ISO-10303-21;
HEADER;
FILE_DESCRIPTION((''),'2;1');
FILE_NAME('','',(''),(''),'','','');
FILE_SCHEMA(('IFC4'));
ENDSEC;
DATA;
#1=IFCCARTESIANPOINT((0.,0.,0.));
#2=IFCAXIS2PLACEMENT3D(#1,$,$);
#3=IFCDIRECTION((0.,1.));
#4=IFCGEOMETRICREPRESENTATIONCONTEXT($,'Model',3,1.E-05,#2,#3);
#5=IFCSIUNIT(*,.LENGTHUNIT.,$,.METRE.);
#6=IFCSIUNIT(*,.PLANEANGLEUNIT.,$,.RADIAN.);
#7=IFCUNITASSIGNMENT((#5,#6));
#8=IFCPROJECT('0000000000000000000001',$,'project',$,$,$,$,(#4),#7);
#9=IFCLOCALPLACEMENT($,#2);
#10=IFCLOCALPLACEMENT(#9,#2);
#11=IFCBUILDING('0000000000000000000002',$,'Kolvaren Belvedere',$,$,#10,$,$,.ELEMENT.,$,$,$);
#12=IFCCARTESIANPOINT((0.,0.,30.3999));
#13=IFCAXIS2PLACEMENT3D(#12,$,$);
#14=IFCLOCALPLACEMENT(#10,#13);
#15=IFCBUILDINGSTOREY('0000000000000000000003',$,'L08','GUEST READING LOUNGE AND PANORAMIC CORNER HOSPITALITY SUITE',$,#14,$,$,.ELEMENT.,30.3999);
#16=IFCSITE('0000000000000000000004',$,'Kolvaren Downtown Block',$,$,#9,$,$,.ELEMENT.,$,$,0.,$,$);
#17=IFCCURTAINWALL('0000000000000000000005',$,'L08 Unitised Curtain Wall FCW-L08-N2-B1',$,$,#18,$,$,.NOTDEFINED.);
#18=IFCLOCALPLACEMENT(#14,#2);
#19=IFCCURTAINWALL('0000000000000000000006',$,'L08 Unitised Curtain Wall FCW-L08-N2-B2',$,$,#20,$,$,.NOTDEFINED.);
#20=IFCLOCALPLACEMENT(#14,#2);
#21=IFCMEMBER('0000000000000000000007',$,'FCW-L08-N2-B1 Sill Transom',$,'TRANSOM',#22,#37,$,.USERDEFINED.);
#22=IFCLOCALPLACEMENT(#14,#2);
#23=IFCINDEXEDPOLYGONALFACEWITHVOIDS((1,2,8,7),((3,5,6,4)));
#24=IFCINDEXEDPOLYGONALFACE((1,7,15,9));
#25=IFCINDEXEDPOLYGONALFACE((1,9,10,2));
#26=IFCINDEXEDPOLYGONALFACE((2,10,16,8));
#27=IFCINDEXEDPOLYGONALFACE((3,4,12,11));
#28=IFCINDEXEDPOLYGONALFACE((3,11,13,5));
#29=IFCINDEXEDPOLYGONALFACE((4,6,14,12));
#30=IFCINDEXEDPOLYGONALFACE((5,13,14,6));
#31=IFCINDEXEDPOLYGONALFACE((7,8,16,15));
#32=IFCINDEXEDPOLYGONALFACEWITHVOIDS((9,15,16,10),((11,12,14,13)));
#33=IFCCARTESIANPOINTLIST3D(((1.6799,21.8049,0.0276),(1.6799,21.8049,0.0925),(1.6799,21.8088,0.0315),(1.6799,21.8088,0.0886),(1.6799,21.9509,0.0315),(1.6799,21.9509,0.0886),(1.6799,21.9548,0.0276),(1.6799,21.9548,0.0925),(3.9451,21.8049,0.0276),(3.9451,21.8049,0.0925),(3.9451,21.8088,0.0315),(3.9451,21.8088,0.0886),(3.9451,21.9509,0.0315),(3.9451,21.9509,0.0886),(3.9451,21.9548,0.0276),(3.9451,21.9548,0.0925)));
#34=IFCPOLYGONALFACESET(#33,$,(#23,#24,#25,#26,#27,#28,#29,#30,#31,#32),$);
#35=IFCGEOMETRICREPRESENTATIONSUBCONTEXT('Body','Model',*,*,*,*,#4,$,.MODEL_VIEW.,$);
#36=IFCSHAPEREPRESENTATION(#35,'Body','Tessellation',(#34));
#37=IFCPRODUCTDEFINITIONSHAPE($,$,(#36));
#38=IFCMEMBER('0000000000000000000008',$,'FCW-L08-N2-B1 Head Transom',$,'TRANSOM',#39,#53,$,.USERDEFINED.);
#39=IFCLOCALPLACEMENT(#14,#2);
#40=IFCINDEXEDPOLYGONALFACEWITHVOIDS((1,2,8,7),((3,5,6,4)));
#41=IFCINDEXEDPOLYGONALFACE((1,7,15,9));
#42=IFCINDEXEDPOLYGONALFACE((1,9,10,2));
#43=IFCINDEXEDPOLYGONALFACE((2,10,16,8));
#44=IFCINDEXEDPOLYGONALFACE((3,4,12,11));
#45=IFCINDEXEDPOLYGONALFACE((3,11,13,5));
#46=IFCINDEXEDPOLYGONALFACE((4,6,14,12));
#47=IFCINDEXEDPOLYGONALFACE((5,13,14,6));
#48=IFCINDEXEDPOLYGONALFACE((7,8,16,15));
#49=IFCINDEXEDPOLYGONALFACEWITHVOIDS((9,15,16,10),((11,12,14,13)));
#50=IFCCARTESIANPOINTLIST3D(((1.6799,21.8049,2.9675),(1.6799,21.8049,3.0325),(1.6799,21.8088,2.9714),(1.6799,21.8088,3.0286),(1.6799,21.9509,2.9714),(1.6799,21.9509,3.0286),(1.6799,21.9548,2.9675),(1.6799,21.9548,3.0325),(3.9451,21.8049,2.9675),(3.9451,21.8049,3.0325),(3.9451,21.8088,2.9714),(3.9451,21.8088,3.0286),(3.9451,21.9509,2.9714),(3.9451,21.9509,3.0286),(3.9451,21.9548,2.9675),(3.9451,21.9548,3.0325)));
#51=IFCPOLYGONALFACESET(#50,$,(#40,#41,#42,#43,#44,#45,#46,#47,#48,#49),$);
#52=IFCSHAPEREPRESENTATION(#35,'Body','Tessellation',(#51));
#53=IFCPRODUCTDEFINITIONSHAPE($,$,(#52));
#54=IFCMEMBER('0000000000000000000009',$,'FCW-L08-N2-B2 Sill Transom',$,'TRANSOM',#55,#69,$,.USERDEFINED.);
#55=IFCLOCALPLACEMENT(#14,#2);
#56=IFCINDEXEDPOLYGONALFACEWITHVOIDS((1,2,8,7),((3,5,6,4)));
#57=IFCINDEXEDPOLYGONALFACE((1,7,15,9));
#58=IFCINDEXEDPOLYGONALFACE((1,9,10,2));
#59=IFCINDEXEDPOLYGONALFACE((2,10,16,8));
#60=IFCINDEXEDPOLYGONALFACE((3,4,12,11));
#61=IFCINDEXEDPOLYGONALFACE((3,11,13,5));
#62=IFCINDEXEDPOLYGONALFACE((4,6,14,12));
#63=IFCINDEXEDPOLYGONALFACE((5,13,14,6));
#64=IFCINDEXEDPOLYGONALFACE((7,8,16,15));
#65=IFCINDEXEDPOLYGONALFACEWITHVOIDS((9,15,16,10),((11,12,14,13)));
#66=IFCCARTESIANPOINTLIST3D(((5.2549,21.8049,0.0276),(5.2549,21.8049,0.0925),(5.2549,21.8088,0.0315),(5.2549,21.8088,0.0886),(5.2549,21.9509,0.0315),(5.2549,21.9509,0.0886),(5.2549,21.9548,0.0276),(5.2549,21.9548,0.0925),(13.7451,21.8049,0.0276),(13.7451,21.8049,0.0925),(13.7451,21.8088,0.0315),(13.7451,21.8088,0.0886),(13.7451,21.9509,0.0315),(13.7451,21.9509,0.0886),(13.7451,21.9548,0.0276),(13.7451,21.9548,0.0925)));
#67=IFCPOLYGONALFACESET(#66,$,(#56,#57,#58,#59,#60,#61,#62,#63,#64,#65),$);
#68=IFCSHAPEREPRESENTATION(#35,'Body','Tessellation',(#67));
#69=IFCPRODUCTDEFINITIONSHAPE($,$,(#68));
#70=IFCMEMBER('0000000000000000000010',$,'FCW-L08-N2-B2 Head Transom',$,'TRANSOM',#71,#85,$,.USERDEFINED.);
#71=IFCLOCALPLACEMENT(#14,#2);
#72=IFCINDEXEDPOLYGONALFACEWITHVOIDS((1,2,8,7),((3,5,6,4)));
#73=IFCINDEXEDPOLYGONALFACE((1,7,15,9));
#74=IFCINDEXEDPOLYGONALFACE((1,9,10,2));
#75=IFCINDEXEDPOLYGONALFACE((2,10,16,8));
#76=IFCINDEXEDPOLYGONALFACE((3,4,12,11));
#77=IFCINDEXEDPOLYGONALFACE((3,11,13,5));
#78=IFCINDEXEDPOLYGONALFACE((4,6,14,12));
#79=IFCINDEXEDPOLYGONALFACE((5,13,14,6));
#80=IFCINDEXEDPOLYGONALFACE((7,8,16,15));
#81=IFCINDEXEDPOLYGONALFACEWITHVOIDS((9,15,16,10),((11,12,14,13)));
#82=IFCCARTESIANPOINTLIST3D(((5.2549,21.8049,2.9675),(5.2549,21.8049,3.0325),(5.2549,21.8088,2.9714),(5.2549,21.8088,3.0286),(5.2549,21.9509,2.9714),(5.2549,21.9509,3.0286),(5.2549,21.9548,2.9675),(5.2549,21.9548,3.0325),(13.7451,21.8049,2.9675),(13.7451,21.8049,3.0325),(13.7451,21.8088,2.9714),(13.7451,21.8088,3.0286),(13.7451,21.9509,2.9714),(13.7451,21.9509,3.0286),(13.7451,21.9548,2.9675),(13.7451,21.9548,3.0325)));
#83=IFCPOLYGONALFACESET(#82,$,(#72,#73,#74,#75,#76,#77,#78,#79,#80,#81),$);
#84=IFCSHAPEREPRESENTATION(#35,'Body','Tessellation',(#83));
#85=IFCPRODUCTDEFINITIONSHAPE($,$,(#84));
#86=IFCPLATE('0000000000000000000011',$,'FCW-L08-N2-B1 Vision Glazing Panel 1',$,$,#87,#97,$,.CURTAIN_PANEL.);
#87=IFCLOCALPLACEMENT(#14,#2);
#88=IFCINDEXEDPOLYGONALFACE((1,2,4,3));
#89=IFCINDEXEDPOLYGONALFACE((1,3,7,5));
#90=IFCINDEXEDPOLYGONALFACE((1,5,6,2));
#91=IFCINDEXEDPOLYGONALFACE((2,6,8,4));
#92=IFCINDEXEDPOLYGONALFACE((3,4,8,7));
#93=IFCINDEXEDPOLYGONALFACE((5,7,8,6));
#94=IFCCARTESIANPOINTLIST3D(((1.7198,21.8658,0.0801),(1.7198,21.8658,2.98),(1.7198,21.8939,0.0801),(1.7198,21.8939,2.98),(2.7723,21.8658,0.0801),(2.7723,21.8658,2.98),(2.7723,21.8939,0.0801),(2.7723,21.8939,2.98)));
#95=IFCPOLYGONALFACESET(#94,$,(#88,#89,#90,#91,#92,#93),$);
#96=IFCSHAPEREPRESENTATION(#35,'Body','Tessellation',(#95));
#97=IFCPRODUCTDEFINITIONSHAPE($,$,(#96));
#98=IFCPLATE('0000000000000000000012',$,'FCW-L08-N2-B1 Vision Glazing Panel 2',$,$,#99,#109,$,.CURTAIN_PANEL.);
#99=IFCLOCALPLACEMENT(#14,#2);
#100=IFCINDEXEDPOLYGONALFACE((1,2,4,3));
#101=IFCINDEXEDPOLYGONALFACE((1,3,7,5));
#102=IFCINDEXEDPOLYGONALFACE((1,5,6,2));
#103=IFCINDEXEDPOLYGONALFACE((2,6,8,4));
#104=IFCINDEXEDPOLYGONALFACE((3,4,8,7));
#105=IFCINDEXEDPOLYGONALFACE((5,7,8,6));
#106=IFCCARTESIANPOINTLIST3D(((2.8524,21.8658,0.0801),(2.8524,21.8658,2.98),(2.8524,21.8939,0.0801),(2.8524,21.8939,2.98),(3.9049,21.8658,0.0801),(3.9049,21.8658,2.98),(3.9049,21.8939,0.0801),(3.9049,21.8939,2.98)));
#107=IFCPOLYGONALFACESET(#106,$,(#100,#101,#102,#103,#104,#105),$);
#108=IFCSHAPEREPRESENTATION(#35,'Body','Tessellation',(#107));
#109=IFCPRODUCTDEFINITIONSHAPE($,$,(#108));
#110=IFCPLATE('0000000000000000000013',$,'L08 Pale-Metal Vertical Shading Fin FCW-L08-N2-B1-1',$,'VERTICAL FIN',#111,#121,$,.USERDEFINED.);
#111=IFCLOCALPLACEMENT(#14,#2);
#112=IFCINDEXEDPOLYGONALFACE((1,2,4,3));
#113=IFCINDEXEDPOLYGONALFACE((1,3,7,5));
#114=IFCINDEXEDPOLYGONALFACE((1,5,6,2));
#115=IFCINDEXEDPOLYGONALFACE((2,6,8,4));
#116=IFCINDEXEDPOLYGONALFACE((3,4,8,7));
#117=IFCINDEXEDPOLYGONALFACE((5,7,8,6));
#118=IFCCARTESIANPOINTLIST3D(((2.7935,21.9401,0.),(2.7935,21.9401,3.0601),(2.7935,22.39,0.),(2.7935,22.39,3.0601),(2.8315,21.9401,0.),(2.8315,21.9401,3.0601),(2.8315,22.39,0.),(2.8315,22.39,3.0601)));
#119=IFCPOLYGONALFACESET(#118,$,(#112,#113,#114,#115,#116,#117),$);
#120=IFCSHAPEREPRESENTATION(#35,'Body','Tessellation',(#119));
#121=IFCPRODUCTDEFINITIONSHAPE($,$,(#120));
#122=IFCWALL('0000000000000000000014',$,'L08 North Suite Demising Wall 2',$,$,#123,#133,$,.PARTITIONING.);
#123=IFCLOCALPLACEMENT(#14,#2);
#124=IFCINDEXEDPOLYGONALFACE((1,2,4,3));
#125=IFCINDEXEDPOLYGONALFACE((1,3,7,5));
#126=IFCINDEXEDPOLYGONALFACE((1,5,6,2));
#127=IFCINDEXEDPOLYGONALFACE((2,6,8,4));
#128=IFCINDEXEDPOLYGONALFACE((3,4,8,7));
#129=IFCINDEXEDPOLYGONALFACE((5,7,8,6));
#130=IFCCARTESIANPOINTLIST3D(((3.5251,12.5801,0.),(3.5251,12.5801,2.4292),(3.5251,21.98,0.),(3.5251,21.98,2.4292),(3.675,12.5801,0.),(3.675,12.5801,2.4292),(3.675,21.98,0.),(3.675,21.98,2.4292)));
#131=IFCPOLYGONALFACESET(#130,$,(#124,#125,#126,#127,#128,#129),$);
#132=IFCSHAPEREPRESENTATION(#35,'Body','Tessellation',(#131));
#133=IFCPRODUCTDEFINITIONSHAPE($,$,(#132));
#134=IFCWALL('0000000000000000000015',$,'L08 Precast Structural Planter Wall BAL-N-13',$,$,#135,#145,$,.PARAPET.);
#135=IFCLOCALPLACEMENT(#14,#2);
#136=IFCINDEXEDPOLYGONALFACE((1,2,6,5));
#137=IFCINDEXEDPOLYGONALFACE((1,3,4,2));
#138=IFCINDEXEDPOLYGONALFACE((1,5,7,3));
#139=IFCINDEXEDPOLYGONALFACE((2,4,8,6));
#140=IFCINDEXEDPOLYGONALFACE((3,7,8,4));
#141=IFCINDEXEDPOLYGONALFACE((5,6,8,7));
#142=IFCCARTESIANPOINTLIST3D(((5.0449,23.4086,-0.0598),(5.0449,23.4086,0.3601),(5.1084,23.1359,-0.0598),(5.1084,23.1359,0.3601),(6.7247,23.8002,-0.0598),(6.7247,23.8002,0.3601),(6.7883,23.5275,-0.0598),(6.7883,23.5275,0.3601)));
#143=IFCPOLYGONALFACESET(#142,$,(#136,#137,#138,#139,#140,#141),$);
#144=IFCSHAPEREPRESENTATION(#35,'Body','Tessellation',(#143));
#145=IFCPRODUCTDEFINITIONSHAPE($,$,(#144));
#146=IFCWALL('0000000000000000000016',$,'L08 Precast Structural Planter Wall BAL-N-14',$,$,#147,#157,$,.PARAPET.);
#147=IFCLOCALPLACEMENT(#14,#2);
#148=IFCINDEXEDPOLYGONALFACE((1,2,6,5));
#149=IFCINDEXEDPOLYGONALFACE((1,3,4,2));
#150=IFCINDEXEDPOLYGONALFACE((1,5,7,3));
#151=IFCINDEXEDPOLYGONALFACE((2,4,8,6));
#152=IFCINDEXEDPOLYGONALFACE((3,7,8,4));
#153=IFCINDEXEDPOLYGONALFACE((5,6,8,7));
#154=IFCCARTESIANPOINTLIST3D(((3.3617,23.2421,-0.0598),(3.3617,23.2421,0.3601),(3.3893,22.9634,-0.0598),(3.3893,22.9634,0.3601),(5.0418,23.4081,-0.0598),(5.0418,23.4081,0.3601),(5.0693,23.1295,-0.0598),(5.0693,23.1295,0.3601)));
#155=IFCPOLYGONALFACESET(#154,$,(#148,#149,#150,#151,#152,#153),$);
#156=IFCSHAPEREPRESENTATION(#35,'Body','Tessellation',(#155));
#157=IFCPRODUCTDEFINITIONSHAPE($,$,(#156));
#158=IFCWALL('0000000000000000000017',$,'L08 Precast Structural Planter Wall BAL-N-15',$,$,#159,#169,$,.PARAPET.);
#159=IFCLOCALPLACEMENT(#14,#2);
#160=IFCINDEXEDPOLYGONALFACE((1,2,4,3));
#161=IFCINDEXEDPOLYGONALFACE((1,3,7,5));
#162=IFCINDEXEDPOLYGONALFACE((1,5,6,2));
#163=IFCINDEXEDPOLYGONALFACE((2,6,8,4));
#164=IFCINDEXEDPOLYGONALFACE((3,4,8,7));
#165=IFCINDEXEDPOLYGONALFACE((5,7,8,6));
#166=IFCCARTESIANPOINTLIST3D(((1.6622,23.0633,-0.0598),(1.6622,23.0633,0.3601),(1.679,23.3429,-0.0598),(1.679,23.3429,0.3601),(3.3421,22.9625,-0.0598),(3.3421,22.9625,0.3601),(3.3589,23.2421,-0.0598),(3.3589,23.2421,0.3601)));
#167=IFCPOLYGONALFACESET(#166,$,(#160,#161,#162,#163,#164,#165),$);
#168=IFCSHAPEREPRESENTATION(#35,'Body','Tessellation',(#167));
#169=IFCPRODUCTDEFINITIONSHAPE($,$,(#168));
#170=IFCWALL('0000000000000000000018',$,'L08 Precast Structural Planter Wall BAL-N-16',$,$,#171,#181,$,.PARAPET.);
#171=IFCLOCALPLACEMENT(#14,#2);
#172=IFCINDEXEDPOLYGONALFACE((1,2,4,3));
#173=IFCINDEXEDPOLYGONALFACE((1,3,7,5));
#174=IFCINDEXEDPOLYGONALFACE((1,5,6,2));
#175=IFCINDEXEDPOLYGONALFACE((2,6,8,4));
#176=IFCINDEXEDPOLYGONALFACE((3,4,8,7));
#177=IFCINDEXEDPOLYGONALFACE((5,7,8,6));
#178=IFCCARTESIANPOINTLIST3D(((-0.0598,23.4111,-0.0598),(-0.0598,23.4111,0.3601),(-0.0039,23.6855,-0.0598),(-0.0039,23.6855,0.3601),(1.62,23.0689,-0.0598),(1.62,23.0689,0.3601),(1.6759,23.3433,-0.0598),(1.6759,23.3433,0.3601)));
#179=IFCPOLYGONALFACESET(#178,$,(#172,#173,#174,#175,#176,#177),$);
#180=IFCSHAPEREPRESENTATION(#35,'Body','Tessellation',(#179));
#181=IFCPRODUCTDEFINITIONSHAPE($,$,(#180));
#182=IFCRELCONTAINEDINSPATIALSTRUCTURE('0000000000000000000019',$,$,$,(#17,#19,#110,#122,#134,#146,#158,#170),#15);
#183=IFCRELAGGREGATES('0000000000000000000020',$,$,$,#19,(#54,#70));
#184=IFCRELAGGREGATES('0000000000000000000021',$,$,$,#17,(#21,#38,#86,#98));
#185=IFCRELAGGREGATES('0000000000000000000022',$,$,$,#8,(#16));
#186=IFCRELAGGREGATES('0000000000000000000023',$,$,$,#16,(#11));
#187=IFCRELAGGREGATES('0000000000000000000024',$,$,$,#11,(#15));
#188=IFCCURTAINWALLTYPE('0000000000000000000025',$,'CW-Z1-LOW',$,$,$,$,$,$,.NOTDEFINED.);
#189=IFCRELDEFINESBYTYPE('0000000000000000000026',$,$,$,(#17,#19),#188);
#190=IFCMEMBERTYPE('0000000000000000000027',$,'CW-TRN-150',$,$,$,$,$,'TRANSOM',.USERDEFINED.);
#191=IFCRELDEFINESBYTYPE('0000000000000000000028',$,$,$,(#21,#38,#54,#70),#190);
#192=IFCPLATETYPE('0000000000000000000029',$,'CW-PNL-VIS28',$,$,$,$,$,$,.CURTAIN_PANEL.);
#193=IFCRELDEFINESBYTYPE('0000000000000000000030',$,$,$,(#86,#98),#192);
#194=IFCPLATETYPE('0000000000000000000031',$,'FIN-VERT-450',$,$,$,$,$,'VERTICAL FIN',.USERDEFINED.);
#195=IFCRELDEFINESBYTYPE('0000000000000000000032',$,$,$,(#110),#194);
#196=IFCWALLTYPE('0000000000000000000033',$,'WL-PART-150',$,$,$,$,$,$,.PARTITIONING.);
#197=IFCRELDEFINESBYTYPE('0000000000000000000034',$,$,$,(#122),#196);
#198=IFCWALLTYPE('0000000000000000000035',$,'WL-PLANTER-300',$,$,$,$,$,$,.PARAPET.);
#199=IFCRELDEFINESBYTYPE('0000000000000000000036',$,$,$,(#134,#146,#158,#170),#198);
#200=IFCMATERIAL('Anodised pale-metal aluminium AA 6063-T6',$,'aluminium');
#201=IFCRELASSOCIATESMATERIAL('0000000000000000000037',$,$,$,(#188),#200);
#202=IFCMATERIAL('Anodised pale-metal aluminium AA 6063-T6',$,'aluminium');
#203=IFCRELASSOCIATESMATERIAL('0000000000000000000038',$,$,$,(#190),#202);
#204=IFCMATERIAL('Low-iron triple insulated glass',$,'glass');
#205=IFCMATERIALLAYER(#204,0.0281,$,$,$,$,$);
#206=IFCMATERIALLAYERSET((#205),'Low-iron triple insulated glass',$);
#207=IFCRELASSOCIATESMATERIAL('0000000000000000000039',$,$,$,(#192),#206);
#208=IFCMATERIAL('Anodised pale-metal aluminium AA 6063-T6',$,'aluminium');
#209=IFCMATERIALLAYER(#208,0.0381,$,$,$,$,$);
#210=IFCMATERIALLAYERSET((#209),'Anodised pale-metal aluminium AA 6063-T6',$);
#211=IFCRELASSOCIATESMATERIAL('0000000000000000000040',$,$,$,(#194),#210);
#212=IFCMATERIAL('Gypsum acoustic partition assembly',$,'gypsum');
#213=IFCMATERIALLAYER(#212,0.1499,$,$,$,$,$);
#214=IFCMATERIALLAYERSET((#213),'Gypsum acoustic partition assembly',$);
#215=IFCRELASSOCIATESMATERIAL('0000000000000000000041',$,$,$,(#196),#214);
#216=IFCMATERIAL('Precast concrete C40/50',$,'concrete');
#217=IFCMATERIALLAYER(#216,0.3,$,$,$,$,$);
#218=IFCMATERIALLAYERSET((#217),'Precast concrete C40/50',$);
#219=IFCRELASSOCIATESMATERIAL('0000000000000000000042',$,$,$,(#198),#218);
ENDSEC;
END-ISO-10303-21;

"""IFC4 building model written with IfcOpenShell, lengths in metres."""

from ifc_helpers import new_model, si_unit, direction, frame, frame_2d, origin, origin_2d, place, context, subcontext, project, spatial, rectangle, hollow_rectangle, extrude, material, layer, layer_set, material_profile, profile_set, type_object, element, aggregate, save


model = new_model("IFC4")

# Units and contexts
model_context = context("Model", 3, precision=1e-05, world=origin(), true_north=direction((0.0, 1.0)))
body_context = subcontext(model_context, "Body", "Model", "MODEL_VIEW")
ifc_project = project(units=[si_unit("LENGTHUNIT", "METRE"), si_unit("PLANEANGLEUNIT", "RADIAN")], contexts=[model_context])

# Site, building, storey
site_placement = place(None, origin())
site = spatial("IfcSite", under=ifc_project, at=site_placement, Name="Kolvaren Downtown Block", CompositionType="ELEMENT", RefElevation=0.0)
building_placement = place(site_placement, origin())
building = spatial("IfcBuilding", under=site, at=building_placement, Name="Kolvaren Belvedere", CompositionType="ELEMENT")
storey_placement = place(building_placement, frame((0.0, 0.0, 30.3999)))
storey = spatial("IfcBuildingStorey", under=building, at=storey_placement, Name="L08", Description="GUEST READING LOUNGE AND PANORAMIC CORNER HOSPITALITY SUITE", CompositionType="ELEMENT", Elevation=30.3999)

# Curtain wall
ifc_material_1 = material(Name="Anodised pale-metal aluminium AA 6063-T6", Category="aluminium")
curtain_wall_type = type_object("IfcCurtainWallType", Name="CW-Z1-LOW", PredefinedType="NOTDEFINED", material=ifc_material_1)
curtain_wall_1_placement = place(storey_placement, origin())
curtain_wall_1 = element("IfcCurtainWall", 1, at=curtain_wall_1_placement, inside=storey, type_object=curtain_wall_type, Name="L08 Unitised Curtain Wall FCW-L08-N2-B1", PredefinedType="NOTDEFINED")

# Curtain wall
curtain_wall_2_placement = place(storey_placement, origin())
curtain_wall_2 = element("IfcCurtainWall", 2, at=curtain_wall_2_placement, inside=storey, type_object=curtain_wall_type, Name="L08 Unitised Curtain Wall FCW-L08-N2-B2", PredefinedType="NOTDEFINED")

# Members
ifc_material_2 = material(Name="Anodised pale-metal aluminium AA 6063-T6", Category="aluminium")
ifc_material_profile_1 = material_profile(ifc_material_2, hollow_rectangle(XDim=0.0649, YDim=0.1499, WallThickness=0.0039, at=origin_2d()), Name="ALU-TRN-150X65")
ifc_profile_set_1 = profile_set([ifc_material_profile_1], Name="Anodised pale-metal aluminium AA 6063-T6")
member_type_1 = type_object("IfcMemberType", Name="CW-TRN-150", ElementType="TRANSOM", PredefinedType="USERDEFINED", material=ifc_profile_set_1)
member_1_placement = place(storey_placement, frame((1.6799, 21.8799, 0.0601), z_axis=(1.0, 0.0, 0.0), x_axis=(0.0, 0.0, 1.0)))
member_1 = element("IfcMember", 3, at=member_1_placement, type_object=member_type_1, Name="FCW-L08-N2-B1 Sill Transom", ObjectType="TRANSOM", PredefinedType="USERDEFINED", context=body_context, shape_type="SweptSolid", body=[
    extrude(hollow_rectangle(XDim=0.0649, YDim=0.1499, WallThickness=0.0039, at=origin_2d()), origin(), (0.0, 0.0, 1.0), 2.2651),
])
member_2_placement = place(storey_placement, frame((1.6799, 21.8799, 3.0), z_axis=(1.0, 0.0, 0.0), x_axis=(0.0, 0.0, 1.0)))
member_2 = element("IfcMember", 4, at=member_2_placement, type_object=member_type_1, Name="FCW-L08-N2-B1 Head Transom", ObjectType="TRANSOM", PredefinedType="USERDEFINED", context=body_context, shape_type="SweptSolid", body=[
    extrude(hollow_rectangle(XDim=0.0649, YDim=0.1499, WallThickness=0.0039, at=origin_2d()), origin(), (0.0, 0.0, 1.0), 2.2651),
])
member_3_placement = place(storey_placement, frame((5.2549, 21.8799, 0.0601), z_axis=(1.0, 0.0, 0.0), x_axis=(0.0, 0.0, 1.0)))
member_3 = element("IfcMember", 5, at=member_3_placement, type_object=member_type_1, Name="FCW-L08-N2-B2 Sill Transom", ObjectType="TRANSOM", PredefinedType="USERDEFINED", context=body_context, shape_type="SweptSolid", body=[
    extrude(hollow_rectangle(XDim=0.0649, YDim=0.1499, WallThickness=0.0039, at=origin_2d()), origin(), (0.0, 0.0, 1.0), 8.4902),
])
member_4_placement = place(storey_placement, frame((5.2549, 21.8799, 3.0), z_axis=(1.0, 0.0, 0.0), x_axis=(0.0, 0.0, 1.0)))
member_4 = element("IfcMember", 6, at=member_4_placement, type_object=member_type_1, Name="FCW-L08-N2-B2 Head Transom", ObjectType="TRANSOM", PredefinedType="USERDEFINED", context=body_context, shape_type="SweptSolid", body=[
    extrude(hollow_rectangle(XDim=0.0649, YDim=0.1499, WallThickness=0.0039, at=origin_2d()), origin(), (0.0, 0.0, 1.0), 8.4902),
])
aggregate(curtain_wall_2, [member_3, member_4])

# Plates
ifc_material_3 = material(Name="Low-iron triple insulated glass", Category="glass")
ifc_layer_1 = layer(ifc_material_3, 0.0281)
ifc_layer_set_1 = layer_set([ifc_layer_1], Name="Low-iron triple insulated glass")
plate_type_1 = type_object("IfcPlateType", Name="CW-PNL-VIS28", PredefinedType="CURTAIN_PANEL", material=ifc_layer_set_1)
plate_1_placement = place(storey_placement, frame((2.2461, 21.8799, 0.0801), z_axis=(0.0, 0.0, 1.0), x_axis=(1.0, 0.0, 0.0)))
plate_1 = element("IfcPlate", 7, at=plate_1_placement, type_object=plate_type_1, Name="FCW-L08-N2-B1 Vision Glazing Panel 1", PredefinedType="CURTAIN_PANEL", context=body_context, shape_type="SweptSolid", body=[
    extrude(rectangle(XDim=1.0525, YDim=0.0281, at=origin_2d()), origin(), (0.0, 0.0, 1.0), 2.8999),
])
plate_2_placement = place(storey_placement, frame((3.3787, 21.8799, 0.0801), z_axis=(0.0, 0.0, 1.0), x_axis=(1.0, 0.0, 0.0)))
plate_2 = element("IfcPlate", 8, at=plate_2_placement, type_object=plate_type_1, Name="FCW-L08-N2-B1 Vision Glazing Panel 2", PredefinedType="CURTAIN_PANEL", context=body_context, shape_type="SweptSolid", body=[
    extrude(rectangle(XDim=1.0525, YDim=0.0281, at=origin_2d()), origin(), (0.0, 0.0, 1.0), 2.8999),
])
aggregate(curtain_wall_1, [member_1, member_2, plate_1, plate_2])
ifc_material_4 = material(Name="Anodised pale-metal aluminium AA 6063-T6", Category="aluminium")
ifc_layer_2 = layer(ifc_material_4, 0.0381)
ifc_layer_set_2 = layer_set([ifc_layer_2], Name="Anodised pale-metal aluminium AA 6063-T6")
plate_type_2 = type_object("IfcPlateType", Name="FIN-VERT-450", ElementType="VERTICAL FIN", PredefinedType="USERDEFINED", material=ifc_layer_set_2)
plate_3_placement = place(storey_placement, frame((2.8125, 22.165, 0.0), z_axis=(0.0, 0.0, 1.0), x_axis=(0.0, 1.0, 0.0)))
element("IfcPlate", 9, at=plate_3_placement, inside=storey, type_object=plate_type_2, Name="L08 Pale-Metal Vertical Shading Fin FCW-L08-N2-B1-1", ObjectType="VERTICAL FIN", PredefinedType="USERDEFINED", context=body_context, shape_type="SweptSolid", body=[
    extrude(rectangle(XDim=0.45, YDim=0.0381, at=origin_2d()), origin(), (0.0, 0.0, 1.0), 3.0601),
])

# Walls
ifc_material_5 = material(Name="Gypsum acoustic partition assembly", Category="gypsum")
ifc_layer_3 = layer(ifc_material_5, 0.1499)
ifc_layer_set_3 = layer_set([ifc_layer_3], Name="Gypsum acoustic partition assembly")
wall_type_1 = type_object("IfcWallType", Name="WL-PART-150", PredefinedType="PARTITIONING", material=ifc_layer_set_3)
wall_1_placement = place(storey_placement, frame((3.6001, 12.5801, 0.0), z_axis=(0.0, 0.0, 1.0), x_axis=(0.0, 1.0, 0.0)))
element("IfcWall", 10, at=wall_1_placement, inside=storey, type_object=wall_type_1, Name="L08 North Suite Demising Wall 2", PredefinedType="PARTITIONING", context=body_context, shape_type="SweptSolid", body=[
    extrude(rectangle(XDim=9.3999, YDim=0.1499, at=frame_2d((4.7, 0.0))), origin(), (0.0, 0.0, 1.0), 2.4292),
])
ifc_material_6 = material(Name="Precast concrete C40/50", Category="concrete")
ifc_layer_4 = layer(ifc_material_6, 0.3)
ifc_layer_set_4 = layer_set([ifc_layer_4], Name="Precast concrete C40/50")
wall_type_2 = type_object("IfcWallType", Name="WL-PLANTER-300", PredefinedType="PARAPET", material=ifc_layer_set_4)
wall_2_placement = place(storey_placement, frame((6.7563, 23.6638, -0.0598), z_axis=(0.0, 0.0, 1.0), x_axis=(-0.97389, -0.227019, 0.0)))
element("IfcWall", 11, at=wall_2_placement, inside=storey, type_object=wall_type_2, Name="L08 Precast Structural Planter Wall BAL-N-13", PredefinedType="PARAPET", context=body_context, shape_type="SweptSolid", body=[
    extrude(rectangle(XDim=1.7249, YDim=0.28, at=frame_2d((0.8623, 0.0))), origin(), (0.0, 0.0, 1.0), 0.4199),
])
wall_3_placement = place(storey_placement, frame((5.0557, 23.2688, -0.0598), z_axis=(0.0, 0.0, 1.0), x_axis=(-0.995152, -0.098344, 0.0)))
element("IfcWall", 12, at=wall_3_placement, inside=storey, type_object=wall_type_2, Name="L08 Precast Structural Planter Wall BAL-N-14", PredefinedType="PARAPET", context=body_context, shape_type="SweptSolid", body=[
    extrude(rectangle(XDim=1.6882, YDim=0.28, at=frame_2d((0.8442, 0.0))), origin(), (0.0, 0.0, 1.0), 0.4199),
])
wall_4_placement = place(storey_placement, frame((3.3503, 23.1023, -0.0598), z_axis=(0.0, 0.0, 1.0), x_axis=(-0.998204, 0.059913, 0.0)))
element("IfcWall", 13, at=wall_4_placement, inside=storey, type_object=wall_type_2, Name="L08 Precast Structural Planter Wall BAL-N-15", PredefinedType="PARAPET", context=body_context, shape_type="SweptSolid", body=[
    extrude(rectangle(XDim=1.6829, YDim=0.28, at=frame_2d((0.8413, 0.0))), origin(), (0.0, 0.0, 1.0), 0.4199),
])
wall_5_placement = place(storey_placement, frame((1.6479, 23.2061, -0.0598), z_axis=(0.0, 0.0, 1.0), x_axis=(-0.979868, 0.199648, 0.0)))
element("IfcWall", 14, at=wall_5_placement, inside=storey, type_object=wall_type_2, Name="L08 Precast Structural Planter Wall BAL-N-16", PredefinedType="PARAPET", context=body_context, shape_type="SweptSolid", body=[
    extrude(rectangle(XDim=1.7144, YDim=0.28, at=frame_2d((0.8572, 0.0))), origin(), (0.0, 0.0, 1.0), 0.4199),
])

save(model, "model.ifc")
